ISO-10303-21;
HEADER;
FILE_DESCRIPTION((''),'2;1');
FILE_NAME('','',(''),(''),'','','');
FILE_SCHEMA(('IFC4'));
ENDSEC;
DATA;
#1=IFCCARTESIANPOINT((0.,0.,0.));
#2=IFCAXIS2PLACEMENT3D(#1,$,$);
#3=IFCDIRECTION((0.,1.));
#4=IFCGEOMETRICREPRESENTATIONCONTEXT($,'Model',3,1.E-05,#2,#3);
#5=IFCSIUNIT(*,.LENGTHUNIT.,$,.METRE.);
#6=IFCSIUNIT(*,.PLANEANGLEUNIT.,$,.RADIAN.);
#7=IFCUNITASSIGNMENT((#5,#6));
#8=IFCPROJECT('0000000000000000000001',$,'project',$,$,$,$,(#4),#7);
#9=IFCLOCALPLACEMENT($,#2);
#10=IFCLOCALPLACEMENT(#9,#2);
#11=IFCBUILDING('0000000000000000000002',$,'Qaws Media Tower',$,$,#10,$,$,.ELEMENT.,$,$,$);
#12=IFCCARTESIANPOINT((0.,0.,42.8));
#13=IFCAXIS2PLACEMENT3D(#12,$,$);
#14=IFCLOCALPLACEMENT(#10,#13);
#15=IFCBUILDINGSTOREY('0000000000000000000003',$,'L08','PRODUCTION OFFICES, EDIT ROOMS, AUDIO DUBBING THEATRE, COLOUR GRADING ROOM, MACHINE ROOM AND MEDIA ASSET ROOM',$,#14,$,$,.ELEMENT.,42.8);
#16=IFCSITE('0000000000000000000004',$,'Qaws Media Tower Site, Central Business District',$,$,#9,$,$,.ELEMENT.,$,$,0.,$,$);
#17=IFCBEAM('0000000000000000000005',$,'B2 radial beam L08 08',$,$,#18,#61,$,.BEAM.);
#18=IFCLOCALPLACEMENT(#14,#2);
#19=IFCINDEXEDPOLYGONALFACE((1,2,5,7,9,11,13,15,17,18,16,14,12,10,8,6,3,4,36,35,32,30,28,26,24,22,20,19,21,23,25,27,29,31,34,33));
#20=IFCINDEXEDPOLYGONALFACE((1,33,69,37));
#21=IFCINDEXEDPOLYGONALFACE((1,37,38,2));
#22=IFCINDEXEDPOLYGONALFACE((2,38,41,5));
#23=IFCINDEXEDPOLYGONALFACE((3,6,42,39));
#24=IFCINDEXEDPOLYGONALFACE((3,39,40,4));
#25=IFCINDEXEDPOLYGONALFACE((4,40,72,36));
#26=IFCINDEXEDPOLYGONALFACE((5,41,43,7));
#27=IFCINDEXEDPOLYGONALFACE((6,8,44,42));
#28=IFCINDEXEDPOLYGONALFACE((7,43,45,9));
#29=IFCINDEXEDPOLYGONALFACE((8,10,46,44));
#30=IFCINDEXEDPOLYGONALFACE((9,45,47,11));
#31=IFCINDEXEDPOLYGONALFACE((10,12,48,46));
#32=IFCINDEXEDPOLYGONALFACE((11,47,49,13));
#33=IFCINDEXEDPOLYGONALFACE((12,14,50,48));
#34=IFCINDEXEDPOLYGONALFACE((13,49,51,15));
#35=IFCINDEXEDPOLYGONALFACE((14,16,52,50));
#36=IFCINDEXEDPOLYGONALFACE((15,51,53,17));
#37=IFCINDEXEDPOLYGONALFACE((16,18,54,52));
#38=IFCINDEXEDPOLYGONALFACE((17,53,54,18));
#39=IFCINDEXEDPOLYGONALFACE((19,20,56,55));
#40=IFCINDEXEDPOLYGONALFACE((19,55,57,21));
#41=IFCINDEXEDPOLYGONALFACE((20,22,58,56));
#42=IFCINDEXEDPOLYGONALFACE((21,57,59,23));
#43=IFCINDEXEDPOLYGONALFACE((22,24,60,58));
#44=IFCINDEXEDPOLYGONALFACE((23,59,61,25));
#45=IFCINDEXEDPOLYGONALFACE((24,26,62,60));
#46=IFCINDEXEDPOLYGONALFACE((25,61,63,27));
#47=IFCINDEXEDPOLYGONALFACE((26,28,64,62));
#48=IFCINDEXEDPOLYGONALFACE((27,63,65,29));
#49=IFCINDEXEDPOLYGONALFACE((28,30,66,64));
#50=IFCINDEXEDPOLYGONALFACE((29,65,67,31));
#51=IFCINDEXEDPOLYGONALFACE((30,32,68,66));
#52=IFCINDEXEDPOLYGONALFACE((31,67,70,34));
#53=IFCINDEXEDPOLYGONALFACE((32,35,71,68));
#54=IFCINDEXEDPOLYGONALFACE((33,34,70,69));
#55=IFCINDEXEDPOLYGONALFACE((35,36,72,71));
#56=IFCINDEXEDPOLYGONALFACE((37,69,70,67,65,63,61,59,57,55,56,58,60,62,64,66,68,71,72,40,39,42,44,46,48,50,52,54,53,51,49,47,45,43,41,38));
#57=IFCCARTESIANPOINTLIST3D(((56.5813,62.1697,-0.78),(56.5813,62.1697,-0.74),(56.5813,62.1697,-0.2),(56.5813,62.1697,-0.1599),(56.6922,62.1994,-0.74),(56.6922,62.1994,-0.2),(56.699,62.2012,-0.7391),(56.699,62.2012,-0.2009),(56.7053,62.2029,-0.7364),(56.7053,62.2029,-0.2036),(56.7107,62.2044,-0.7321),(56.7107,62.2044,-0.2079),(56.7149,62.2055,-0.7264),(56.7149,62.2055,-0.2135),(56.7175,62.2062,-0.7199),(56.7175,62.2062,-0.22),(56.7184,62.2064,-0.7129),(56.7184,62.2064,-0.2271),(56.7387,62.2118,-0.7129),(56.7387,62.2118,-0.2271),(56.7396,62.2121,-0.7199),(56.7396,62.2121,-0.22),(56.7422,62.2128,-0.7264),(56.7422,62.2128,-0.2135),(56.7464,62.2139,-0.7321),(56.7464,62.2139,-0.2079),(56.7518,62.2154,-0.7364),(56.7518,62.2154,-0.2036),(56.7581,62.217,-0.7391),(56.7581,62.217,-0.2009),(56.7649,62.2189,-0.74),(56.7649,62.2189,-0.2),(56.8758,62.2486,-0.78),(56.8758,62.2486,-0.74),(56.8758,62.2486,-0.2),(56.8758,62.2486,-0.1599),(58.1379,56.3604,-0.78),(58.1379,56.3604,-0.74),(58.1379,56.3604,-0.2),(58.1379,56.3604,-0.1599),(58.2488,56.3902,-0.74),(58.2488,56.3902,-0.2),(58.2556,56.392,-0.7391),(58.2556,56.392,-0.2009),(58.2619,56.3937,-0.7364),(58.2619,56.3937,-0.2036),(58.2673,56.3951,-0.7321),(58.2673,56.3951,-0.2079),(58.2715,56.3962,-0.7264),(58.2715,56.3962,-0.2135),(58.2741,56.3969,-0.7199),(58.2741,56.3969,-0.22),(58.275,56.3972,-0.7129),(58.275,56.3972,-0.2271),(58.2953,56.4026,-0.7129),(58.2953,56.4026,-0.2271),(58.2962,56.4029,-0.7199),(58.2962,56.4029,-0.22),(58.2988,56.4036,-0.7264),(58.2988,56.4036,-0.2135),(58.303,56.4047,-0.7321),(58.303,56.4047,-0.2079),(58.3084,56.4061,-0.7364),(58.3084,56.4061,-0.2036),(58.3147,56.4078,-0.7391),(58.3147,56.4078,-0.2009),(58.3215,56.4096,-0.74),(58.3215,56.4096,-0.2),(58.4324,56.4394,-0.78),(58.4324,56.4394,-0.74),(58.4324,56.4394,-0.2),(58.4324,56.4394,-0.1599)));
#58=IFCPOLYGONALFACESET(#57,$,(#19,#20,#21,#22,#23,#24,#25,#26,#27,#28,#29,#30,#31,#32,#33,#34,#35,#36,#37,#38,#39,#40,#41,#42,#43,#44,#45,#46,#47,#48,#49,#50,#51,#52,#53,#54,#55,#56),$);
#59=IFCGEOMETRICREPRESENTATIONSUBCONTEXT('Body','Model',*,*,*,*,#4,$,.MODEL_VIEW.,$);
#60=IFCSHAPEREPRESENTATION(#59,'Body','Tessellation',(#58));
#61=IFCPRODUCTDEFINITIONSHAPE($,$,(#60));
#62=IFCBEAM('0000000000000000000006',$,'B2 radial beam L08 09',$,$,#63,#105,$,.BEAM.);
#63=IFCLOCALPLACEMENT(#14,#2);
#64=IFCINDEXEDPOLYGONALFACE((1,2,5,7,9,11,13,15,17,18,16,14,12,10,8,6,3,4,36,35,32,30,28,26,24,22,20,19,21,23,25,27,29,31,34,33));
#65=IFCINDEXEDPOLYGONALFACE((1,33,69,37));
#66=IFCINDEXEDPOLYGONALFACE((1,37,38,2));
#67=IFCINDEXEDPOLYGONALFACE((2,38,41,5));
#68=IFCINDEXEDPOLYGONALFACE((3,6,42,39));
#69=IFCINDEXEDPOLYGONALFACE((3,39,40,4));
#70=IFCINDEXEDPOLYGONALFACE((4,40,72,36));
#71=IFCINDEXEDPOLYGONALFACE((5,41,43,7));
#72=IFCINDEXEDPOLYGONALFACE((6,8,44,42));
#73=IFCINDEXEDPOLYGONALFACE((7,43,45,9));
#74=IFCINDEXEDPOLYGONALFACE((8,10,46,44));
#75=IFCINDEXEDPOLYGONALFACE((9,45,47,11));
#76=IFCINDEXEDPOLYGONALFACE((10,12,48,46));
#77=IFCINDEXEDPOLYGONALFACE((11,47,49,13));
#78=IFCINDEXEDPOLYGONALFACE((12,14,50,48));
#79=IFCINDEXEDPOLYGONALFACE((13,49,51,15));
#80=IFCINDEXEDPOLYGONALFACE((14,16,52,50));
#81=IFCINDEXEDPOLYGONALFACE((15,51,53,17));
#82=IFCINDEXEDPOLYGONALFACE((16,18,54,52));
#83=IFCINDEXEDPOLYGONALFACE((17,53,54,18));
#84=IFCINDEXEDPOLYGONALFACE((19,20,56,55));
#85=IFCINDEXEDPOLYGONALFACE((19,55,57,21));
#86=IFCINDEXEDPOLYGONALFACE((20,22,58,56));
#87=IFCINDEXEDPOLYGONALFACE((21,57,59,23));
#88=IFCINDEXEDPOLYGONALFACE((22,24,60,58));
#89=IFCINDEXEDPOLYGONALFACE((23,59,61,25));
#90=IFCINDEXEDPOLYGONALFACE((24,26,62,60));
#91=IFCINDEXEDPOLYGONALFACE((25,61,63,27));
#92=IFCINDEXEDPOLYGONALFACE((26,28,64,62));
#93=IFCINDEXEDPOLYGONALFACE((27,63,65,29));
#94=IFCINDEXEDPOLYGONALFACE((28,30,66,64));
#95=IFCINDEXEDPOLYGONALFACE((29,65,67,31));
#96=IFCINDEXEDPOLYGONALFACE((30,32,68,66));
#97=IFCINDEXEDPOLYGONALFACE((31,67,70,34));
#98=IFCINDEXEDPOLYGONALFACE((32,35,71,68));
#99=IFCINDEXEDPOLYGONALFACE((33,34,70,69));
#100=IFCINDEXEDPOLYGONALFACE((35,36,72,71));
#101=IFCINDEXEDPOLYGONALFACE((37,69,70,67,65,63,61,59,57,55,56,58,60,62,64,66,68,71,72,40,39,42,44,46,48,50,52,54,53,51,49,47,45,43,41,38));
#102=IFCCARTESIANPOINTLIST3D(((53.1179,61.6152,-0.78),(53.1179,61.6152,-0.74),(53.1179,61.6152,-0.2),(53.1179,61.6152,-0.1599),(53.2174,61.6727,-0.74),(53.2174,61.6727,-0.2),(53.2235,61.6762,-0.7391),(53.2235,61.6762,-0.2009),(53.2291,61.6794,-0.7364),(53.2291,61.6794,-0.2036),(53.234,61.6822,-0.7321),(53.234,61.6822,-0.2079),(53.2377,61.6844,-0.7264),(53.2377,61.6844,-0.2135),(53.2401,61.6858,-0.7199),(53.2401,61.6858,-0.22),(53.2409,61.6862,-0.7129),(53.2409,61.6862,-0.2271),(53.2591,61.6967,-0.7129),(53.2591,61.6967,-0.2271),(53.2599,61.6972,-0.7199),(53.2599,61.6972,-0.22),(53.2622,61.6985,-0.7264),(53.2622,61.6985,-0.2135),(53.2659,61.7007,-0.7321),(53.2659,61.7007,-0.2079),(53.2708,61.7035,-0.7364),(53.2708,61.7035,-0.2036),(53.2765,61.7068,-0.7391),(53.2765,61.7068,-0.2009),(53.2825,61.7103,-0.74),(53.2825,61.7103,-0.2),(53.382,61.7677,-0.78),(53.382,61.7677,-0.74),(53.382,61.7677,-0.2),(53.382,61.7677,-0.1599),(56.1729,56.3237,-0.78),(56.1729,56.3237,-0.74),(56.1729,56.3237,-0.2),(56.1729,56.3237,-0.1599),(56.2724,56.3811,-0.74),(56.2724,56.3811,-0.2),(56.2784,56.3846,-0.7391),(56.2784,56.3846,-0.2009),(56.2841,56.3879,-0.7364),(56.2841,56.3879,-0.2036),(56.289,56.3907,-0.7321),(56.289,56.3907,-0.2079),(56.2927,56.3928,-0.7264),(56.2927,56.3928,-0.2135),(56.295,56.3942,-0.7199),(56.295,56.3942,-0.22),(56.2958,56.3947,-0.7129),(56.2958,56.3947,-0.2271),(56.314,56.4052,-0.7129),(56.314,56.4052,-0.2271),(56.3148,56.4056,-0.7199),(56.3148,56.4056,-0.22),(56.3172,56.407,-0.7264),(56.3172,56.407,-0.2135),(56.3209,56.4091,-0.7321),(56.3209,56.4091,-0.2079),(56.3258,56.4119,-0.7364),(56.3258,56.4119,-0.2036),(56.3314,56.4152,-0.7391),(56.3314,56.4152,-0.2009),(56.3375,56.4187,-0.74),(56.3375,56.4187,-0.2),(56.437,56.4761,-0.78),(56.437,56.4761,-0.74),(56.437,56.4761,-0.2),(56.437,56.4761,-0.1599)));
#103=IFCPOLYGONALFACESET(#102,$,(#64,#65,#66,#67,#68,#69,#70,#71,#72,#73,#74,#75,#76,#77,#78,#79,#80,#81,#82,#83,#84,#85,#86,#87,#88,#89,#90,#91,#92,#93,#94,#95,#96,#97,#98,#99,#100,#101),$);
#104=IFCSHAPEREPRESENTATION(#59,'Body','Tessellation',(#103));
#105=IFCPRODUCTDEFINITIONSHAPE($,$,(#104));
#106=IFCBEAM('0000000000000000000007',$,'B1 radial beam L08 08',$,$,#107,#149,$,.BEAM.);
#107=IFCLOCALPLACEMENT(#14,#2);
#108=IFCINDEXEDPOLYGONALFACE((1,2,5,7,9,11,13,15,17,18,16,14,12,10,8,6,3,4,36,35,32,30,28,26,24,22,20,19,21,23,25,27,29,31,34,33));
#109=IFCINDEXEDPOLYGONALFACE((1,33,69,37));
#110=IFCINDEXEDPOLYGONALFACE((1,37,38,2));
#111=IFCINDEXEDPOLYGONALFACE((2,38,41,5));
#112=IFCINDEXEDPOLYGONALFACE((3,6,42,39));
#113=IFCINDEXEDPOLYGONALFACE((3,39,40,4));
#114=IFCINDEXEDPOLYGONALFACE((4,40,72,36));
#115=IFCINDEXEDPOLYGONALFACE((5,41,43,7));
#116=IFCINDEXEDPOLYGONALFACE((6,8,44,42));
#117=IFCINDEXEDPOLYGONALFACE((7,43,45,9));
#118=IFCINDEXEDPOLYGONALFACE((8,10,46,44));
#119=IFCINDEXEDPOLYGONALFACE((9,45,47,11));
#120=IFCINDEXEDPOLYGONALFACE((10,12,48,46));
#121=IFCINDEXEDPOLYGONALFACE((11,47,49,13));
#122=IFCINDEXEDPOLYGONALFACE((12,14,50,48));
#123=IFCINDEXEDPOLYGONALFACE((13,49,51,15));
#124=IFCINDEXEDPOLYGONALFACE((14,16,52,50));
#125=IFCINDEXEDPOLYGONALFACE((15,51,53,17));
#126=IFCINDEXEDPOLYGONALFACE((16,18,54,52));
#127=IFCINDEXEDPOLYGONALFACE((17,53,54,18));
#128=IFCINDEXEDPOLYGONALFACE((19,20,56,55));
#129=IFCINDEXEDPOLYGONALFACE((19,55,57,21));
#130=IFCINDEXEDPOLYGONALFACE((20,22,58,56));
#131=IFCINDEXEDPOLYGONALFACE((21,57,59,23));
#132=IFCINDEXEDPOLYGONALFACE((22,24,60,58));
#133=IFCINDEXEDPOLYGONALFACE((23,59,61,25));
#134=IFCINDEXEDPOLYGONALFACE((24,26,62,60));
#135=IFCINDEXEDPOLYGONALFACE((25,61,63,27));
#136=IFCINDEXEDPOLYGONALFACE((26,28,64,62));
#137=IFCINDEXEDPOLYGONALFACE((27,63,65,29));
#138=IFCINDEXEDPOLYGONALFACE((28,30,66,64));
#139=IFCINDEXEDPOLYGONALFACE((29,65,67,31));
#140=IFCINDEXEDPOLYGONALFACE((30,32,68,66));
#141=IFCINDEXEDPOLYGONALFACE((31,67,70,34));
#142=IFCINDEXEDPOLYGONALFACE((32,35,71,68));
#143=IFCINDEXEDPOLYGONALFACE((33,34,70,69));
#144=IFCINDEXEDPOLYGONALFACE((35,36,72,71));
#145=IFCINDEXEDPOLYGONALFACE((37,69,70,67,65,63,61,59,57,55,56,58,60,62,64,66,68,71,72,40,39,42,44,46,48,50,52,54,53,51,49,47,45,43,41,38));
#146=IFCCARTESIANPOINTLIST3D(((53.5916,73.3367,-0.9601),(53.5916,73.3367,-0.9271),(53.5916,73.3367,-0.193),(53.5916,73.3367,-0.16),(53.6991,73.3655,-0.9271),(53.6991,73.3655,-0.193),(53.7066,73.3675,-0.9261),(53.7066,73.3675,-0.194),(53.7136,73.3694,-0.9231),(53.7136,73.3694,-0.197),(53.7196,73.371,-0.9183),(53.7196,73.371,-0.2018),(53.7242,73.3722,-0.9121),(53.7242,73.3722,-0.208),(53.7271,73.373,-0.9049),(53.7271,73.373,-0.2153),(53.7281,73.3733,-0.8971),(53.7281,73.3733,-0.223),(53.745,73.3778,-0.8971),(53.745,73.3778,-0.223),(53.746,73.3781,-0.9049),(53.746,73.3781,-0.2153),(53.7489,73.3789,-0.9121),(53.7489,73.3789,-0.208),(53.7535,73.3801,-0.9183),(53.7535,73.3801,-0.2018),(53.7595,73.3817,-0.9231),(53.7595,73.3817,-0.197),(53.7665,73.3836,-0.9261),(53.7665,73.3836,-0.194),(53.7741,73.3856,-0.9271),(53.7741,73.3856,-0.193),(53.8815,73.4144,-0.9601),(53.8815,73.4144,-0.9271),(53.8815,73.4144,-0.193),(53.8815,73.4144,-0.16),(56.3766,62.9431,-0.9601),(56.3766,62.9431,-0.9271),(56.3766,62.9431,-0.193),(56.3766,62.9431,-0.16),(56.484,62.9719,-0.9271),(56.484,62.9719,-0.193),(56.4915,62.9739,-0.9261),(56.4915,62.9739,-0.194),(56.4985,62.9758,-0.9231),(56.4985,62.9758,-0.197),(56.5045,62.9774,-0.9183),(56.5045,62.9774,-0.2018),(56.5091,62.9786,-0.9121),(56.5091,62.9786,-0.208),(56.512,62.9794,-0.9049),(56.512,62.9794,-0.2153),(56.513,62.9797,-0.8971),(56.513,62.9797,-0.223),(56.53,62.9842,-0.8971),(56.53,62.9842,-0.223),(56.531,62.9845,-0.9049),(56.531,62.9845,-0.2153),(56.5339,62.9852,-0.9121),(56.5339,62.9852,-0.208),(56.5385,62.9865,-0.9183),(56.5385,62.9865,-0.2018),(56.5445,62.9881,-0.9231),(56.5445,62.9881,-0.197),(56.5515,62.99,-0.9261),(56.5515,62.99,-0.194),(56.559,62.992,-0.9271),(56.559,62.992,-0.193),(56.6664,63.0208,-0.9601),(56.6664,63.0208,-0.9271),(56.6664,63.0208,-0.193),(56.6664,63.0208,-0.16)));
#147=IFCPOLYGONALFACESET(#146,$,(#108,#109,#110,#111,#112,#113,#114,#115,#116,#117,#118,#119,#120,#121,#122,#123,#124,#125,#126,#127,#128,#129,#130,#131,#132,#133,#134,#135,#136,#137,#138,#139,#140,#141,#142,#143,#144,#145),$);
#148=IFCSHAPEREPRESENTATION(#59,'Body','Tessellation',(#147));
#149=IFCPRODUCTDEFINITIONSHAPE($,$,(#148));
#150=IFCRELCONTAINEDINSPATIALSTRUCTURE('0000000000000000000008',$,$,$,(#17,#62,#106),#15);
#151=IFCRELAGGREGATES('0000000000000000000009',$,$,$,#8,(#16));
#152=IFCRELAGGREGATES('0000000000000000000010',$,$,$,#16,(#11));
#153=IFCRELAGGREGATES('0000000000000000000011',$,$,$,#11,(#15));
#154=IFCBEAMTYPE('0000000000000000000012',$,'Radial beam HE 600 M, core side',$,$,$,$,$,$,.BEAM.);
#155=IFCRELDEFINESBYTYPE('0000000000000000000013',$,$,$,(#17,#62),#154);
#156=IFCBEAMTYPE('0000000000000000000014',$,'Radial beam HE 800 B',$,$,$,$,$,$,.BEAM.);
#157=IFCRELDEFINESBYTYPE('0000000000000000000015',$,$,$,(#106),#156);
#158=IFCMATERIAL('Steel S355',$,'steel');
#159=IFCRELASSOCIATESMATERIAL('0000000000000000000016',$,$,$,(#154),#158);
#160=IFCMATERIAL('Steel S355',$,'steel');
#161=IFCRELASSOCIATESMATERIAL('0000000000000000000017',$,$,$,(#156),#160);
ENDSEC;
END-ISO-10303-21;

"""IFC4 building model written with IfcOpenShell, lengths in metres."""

from ifc_helpers import new_model, si_unit, direction, frame, origin, origin_2d, place, context, subcontext, project, spatial, i_section, extrude, material, material_profile, profile_set, type_object, element, save


model = new_model("IFC4")

# Units and contexts
model_context = context("Model", 3, precision=1e-05, world=origin(), true_north=direction((0.0, 1.0)))
body_context = subcontext(model_context, "Body", "Model", "MODEL_VIEW")
ifc_project = project(units=[si_unit("LENGTHUNIT", "METRE"), si_unit("PLANEANGLEUNIT", "RADIAN")], contexts=[model_context])

# Site, building, storey
site_placement = place(None, origin())
site = spatial("IfcSite", under=ifc_project, at=site_placement, Name="Qaws Media Tower Site, Central Business District", CompositionType="ELEMENT", RefElevation=0.0)
building_placement = place(site_placement, origin())
building = spatial("IfcBuilding", under=site, at=building_placement, Name="Qaws Media Tower", CompositionType="ELEMENT")
storey_placement = place(building_placement, frame((0.0, 0.0, 42.8)))
storey = spatial("IfcBuildingStorey", under=building, at=storey_placement, Name="L08", Description="PRODUCTION OFFICES, EDIT ROOMS, AUDIO DUBBING THEATRE, COLOUR GRADING ROOM, MACHINE ROOM AND MEDIA ASSET ROOM", CompositionType="ELEMENT", Elevation=42.8)

# Beams
ifc_material_1 = material(Name="Steel S355", Category="steel")
ifc_material_profile_1 = material_profile(ifc_material_1, i_section(OverallWidth=0.3049, OverallDepth=0.6201, WebThickness=0.021, FlangeThickness=0.04, FilletRadius=0.0271, at=origin_2d()), Name="HE 600 M")
ifc_profile_set_1 = profile_set([ifc_material_profile_1], Name="Steel S355")
beam_type_1 = type_object("IfcBeamType", Name="Radial beam HE 600 M, core side", PredefinedType="BEAM", material=ifc_profile_set_1)
beam_1_placement = place(storey_placement, frame((58.2852, 56.3999, -0.47), z_axis=(-0.258825, 0.965924, 0.0), x_axis=(-0.965924, -0.258825, 0.0)))
element("IfcBeam", 1, at=beam_1_placement, inside=storey, type_object=beam_type_1, Name="B2 radial beam L08 08", PredefinedType="BEAM", context=body_context, shape_type="SweptSolid", body=[
    extrude(i_section(OverallWidth=0.3049, OverallDepth=0.6201, WebThickness=0.021, FlangeThickness=0.04, FilletRadius=0.0271, at=origin_2d()), origin(), (0.0, 0.0, 1.0), 6.0142),
])
beam_2_placement = place(storey_placement, frame((56.3049, 56.3999, -0.47), z_axis=(-0.499985, 0.866034, 0.0), x_axis=(-0.866034, -0.499985, 0.0)))
element("IfcBeam", 2, at=beam_2_placement, inside=storey, type_object=beam_type_1, Name="B2 radial beam L08 09", PredefinedType="BEAM", context=body_context, shape_type="SweptSolid", body=[
    extrude(i_section(OverallWidth=0.3049, OverallDepth=0.6201, WebThickness=0.021, FlangeThickness=0.04, FilletRadius=0.0271, at=origin_2d()), origin(), (0.0, 0.0, 1.0), 6.1101),
])
ifc_material_2 = material(Name="Steel S355", Category="steel")
ifc_material_profile_2 = material_profile(ifc_material_2, i_section(OverallWidth=0.3, OverallDepth=0.8, WebThickness=0.0176, FlangeThickness=0.033, FilletRadius=0.03, at=origin_2d()), Name="HE 800 B")
ifc_profile_set_2 = profile_set([ifc_material_profile_2], Name="Steel S355")
beam_type_2 = type_object("IfcBeamType", Name="Radial beam HE 800 B", PredefinedType="BEAM", material=ifc_profile_set_2)
beam_3_placement = place(storey_placement, frame((56.5215, 62.9819, -0.5601), z_axis=(-0.258816, 0.965927, 0.0), x_axis=(-0.965927, -0.258816, 0.0)))
element("IfcBeam", 3, at=beam_3_placement, inside=storey, type_object=beam_type_2, Name="B1 radial beam L08 08", PredefinedType="BEAM", context=body_context, shape_type="SweptSolid", body=[
    extrude(i_section(OverallWidth=0.3, OverallDepth=0.8, WebThickness=0.0176, FlangeThickness=0.033, FilletRadius=0.03, at=origin_2d()), origin(), (0.0, 0.0, 1.0), 10.7603),
])

save(model, "model.ifc")
